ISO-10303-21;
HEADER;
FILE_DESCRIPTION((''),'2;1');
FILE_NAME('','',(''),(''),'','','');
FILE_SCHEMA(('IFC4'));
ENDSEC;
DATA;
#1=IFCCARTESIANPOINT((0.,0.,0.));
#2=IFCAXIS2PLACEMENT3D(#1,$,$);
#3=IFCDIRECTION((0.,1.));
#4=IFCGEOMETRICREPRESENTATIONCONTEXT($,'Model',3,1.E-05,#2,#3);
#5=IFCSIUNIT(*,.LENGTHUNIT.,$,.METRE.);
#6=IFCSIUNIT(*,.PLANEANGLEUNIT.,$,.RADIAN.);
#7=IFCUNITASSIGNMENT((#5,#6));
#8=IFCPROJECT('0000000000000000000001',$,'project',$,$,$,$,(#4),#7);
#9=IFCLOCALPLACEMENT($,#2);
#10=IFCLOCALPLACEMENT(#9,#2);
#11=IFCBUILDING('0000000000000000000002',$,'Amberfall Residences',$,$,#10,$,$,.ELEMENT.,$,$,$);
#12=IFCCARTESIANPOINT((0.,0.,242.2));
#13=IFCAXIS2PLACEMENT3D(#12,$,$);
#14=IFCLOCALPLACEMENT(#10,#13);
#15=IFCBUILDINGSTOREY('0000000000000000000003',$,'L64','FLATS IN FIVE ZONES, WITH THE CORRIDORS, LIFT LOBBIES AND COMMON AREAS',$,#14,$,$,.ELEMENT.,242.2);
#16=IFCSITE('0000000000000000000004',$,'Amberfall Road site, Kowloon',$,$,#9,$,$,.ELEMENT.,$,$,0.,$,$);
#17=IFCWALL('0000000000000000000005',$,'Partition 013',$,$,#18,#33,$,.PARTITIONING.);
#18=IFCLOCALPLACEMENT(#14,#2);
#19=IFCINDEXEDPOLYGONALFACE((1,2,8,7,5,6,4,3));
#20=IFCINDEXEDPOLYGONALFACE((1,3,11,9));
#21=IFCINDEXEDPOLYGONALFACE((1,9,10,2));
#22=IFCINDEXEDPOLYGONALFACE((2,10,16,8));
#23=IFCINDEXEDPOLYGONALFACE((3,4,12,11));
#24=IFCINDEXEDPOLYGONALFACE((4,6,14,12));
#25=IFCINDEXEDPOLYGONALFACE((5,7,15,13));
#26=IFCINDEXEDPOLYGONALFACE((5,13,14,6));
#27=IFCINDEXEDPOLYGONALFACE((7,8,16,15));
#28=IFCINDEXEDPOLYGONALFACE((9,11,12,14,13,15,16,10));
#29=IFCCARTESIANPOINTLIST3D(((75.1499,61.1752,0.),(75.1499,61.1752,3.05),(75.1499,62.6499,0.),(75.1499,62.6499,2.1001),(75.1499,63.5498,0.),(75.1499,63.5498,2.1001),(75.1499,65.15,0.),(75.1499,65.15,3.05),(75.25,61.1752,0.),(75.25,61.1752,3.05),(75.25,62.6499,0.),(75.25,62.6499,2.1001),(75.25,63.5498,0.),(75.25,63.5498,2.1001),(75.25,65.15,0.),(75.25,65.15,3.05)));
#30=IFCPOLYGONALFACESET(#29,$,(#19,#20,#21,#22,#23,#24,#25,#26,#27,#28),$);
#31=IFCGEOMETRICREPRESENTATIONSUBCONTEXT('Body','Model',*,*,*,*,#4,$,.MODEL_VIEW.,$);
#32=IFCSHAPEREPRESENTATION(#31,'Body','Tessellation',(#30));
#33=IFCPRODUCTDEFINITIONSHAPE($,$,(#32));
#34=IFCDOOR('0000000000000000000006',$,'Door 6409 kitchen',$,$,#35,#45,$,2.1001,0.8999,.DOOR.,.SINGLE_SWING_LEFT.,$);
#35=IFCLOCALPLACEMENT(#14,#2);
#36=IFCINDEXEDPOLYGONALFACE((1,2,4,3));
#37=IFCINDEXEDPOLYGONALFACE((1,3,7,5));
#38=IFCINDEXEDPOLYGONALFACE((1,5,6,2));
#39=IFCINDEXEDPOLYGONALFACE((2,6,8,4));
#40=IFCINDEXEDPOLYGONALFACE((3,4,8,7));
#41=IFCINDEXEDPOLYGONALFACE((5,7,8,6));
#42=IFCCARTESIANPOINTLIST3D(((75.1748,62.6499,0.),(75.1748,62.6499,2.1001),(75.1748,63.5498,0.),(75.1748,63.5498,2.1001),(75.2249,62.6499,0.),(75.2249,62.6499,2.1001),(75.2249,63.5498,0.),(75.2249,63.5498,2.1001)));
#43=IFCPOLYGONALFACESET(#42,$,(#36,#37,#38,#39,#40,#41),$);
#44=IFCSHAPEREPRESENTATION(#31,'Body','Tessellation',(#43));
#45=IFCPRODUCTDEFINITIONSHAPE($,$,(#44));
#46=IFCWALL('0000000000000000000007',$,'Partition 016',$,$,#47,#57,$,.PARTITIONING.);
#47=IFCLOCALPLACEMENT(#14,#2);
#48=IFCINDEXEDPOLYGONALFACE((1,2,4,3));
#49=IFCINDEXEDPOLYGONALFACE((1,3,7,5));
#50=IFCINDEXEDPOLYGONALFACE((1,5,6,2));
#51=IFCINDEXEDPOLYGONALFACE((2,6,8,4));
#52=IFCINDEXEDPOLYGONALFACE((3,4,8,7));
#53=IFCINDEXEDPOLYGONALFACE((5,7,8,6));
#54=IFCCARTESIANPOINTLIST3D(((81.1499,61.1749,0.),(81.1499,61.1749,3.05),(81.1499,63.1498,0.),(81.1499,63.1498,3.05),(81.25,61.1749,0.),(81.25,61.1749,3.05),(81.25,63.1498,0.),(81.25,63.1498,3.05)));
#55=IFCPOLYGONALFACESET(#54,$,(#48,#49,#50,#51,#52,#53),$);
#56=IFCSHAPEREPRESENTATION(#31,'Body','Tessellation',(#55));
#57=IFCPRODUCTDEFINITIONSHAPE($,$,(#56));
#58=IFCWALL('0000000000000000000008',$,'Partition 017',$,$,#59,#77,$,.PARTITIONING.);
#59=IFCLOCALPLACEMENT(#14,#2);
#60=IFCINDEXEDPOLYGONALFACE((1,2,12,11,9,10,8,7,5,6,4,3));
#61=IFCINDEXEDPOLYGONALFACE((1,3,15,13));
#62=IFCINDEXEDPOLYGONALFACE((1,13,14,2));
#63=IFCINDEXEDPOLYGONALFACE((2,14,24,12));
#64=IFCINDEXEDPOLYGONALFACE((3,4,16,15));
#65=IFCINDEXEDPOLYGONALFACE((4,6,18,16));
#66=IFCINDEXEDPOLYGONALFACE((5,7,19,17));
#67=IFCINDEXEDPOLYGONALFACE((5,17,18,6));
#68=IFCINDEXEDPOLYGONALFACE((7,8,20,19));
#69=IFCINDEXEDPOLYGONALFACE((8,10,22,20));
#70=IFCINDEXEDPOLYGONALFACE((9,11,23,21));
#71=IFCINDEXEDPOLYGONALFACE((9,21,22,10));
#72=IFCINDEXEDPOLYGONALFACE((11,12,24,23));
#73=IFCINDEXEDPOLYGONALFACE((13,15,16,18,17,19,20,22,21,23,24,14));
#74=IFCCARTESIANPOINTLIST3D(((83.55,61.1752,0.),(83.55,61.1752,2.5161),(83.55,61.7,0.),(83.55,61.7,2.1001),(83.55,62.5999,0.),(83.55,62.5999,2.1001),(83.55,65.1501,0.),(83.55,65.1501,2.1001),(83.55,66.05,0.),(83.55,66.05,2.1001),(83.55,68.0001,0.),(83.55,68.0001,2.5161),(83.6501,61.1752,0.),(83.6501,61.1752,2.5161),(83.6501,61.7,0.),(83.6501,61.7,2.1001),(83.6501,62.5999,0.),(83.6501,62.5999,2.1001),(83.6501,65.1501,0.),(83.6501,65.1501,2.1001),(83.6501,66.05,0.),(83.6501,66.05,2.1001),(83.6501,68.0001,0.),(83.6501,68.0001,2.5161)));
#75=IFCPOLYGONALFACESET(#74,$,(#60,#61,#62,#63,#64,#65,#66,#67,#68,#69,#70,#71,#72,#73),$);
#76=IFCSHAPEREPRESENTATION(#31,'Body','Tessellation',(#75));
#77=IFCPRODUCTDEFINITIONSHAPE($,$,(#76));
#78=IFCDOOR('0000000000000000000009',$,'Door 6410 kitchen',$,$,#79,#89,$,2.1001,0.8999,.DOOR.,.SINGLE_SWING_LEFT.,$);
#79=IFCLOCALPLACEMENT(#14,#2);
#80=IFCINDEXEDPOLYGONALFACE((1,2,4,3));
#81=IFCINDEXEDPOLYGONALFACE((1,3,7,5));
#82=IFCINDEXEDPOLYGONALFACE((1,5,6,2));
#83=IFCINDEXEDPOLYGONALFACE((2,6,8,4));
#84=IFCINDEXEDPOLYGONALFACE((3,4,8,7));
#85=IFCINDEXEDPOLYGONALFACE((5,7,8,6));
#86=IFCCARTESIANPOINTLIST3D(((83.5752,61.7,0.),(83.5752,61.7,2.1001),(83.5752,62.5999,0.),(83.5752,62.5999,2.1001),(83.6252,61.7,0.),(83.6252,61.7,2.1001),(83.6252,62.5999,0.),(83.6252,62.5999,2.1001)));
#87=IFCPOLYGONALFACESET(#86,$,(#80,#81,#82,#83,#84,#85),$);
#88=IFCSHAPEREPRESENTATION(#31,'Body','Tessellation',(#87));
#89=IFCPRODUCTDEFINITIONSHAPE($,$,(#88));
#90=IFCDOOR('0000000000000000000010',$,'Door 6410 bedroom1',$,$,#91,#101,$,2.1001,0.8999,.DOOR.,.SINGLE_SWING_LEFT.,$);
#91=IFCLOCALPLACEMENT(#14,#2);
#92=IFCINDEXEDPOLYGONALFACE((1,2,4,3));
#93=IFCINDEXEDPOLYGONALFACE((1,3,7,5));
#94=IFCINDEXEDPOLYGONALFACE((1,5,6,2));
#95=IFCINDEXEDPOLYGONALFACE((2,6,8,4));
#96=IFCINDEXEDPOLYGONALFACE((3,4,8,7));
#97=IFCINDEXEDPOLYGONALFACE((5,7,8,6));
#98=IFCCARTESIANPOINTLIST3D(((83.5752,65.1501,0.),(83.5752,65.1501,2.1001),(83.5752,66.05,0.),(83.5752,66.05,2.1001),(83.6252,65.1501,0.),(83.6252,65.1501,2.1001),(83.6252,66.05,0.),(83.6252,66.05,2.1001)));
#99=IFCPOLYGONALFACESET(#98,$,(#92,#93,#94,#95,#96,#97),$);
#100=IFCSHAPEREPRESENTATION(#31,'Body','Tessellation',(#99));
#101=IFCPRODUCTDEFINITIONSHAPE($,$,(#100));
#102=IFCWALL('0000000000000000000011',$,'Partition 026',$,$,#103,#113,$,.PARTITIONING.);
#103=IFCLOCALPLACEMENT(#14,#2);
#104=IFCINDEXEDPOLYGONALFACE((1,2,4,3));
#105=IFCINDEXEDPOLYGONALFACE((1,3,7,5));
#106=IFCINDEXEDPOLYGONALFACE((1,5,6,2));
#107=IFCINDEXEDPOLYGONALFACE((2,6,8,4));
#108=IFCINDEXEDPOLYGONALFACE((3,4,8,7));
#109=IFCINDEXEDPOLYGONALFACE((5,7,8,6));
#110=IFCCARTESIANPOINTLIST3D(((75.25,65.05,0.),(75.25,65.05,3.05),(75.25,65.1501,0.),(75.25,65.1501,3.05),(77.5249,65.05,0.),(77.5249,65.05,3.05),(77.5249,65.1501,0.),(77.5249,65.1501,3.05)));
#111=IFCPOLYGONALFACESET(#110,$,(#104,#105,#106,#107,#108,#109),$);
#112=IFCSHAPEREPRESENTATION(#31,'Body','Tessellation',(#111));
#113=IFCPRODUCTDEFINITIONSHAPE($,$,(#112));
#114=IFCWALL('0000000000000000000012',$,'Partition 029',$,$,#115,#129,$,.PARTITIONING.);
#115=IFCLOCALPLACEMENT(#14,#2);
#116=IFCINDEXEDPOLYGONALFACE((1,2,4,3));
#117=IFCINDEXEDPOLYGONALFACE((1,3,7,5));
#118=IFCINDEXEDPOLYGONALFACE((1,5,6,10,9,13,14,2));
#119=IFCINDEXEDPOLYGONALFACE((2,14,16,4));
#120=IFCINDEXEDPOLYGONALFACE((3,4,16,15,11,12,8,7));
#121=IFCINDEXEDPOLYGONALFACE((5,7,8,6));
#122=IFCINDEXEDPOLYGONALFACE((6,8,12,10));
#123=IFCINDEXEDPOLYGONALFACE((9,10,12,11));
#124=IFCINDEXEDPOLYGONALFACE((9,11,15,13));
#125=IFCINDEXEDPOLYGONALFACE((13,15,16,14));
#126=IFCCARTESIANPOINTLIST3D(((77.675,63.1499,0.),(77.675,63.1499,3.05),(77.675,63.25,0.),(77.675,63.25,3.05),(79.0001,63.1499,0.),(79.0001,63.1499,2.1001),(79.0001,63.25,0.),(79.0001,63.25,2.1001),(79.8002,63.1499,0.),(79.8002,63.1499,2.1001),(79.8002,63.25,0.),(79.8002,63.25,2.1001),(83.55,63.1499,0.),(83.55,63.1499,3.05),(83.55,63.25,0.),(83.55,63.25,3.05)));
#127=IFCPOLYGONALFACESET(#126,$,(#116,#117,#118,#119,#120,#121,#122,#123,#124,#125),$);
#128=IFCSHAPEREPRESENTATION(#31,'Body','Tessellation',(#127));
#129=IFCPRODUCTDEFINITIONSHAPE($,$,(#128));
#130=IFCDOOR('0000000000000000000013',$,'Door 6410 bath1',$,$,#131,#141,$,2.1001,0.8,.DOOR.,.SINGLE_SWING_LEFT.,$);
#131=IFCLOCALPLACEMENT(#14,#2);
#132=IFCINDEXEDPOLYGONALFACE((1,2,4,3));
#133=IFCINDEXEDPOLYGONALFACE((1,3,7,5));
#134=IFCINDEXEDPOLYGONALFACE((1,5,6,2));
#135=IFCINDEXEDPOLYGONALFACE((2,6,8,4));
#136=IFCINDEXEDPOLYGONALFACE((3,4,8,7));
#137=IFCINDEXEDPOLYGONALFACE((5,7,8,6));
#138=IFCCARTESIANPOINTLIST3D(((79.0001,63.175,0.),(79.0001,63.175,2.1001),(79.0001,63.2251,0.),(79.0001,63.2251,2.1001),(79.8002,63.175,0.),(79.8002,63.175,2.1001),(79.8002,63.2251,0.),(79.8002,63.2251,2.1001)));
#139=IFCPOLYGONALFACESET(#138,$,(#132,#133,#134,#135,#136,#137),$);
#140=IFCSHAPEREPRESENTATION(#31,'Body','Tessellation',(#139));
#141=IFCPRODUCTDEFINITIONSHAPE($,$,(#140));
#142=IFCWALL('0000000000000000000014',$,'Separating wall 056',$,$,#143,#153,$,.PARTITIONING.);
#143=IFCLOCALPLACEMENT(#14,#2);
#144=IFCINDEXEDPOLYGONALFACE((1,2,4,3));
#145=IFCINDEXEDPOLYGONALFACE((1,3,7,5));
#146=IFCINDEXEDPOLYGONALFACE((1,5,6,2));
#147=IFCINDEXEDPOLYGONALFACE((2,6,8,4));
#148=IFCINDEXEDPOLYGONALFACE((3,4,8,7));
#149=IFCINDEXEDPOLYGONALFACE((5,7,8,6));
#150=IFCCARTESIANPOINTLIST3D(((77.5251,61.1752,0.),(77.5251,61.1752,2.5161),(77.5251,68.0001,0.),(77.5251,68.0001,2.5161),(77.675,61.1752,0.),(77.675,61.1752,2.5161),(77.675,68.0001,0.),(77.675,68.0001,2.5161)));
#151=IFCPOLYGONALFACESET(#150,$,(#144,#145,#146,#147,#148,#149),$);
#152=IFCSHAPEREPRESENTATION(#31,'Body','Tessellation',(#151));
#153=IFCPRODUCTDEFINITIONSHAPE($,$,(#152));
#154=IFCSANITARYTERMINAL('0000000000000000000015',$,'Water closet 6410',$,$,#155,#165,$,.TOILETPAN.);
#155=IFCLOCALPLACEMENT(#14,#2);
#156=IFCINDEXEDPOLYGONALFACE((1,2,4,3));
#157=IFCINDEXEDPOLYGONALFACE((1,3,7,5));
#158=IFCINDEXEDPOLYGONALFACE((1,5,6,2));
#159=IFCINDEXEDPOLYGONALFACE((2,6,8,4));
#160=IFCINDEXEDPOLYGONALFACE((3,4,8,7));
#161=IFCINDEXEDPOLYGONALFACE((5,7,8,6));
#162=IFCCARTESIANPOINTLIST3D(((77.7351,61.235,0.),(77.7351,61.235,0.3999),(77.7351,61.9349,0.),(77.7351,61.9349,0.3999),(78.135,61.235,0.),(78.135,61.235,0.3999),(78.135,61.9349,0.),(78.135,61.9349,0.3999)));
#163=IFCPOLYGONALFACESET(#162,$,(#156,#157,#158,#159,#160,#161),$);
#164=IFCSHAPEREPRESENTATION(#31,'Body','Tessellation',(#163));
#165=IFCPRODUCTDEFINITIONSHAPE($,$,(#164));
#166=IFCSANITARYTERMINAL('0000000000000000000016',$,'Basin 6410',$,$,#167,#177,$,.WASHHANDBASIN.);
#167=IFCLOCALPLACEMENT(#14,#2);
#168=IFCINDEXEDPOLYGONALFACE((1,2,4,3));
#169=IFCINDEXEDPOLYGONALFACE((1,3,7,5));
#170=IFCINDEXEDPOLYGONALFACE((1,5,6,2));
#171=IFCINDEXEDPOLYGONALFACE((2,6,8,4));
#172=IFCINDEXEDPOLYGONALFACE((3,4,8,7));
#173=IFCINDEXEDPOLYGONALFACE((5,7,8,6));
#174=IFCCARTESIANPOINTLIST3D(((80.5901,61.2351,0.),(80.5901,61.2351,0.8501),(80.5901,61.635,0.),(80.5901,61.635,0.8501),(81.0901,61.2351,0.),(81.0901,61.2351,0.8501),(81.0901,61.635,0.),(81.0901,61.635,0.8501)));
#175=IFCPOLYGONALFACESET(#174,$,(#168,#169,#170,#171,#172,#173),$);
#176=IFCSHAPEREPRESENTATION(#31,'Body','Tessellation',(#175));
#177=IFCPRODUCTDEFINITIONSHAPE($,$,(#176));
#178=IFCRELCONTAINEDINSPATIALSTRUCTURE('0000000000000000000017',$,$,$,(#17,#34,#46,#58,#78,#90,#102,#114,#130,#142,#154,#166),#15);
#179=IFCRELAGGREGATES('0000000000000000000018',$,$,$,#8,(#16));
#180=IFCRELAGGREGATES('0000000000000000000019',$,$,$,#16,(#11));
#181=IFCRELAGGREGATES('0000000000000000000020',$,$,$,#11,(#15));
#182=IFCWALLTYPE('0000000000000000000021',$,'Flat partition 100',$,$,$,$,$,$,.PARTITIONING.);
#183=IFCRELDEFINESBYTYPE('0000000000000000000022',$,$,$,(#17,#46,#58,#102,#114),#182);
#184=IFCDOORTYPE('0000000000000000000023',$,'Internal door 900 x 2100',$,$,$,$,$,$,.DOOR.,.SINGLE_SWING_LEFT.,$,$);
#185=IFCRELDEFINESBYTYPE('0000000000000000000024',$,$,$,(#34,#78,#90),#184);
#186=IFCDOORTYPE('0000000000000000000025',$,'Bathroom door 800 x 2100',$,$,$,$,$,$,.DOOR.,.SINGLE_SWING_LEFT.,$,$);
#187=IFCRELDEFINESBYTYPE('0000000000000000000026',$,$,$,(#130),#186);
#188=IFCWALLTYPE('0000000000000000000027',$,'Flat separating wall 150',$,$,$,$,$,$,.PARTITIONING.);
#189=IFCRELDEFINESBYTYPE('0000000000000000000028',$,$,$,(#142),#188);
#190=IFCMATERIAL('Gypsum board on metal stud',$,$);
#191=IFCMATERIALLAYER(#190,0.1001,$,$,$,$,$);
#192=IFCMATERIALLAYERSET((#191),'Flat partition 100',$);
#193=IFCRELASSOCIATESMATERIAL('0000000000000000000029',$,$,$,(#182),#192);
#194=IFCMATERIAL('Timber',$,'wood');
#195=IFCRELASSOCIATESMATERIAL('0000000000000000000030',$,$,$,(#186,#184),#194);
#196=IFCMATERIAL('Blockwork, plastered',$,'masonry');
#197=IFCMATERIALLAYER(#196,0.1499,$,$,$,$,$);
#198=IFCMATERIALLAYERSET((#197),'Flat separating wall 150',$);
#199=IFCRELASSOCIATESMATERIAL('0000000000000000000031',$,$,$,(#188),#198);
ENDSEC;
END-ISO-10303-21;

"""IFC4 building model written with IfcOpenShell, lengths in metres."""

from ifc_helpers import new_model, si_unit, direction, frame, frame_2d, origin, origin_2d, place, context, subcontext, project, spatial, rectangle, extrude, material, layer, layer_set, type_object, element, fill, save


model = new_model("IFC4")

# Units and contexts
model_context = context("Model", 3, precision=1e-05, world=origin(), true_north=direction((0.0, 1.0)))
body_context = subcontext(model_context, "Body", "Model", "MODEL_VIEW")
ifc_project = project(units=[si_unit("LENGTHUNIT", "METRE"), si_unit("PLANEANGLEUNIT", "RADIAN")], contexts=[model_context])

# Site, building, storey
site_placement = place(None, origin())
site = spatial("IfcSite", under=ifc_project, at=site_placement, Name="Amberfall Road site, Kowloon", CompositionType="ELEMENT", RefElevation=0.0)
building_placement = place(site_placement, origin())
building = spatial("IfcBuilding", under=site, at=building_placement, Name="Amberfall Residences", CompositionType="ELEMENT")
storey_placement = place(building_placement, frame((0.0, 0.0, 242.2)))
storey = spatial("IfcBuildingStorey", under=building, at=storey_placement, Name="L64", Description="FLATS IN FIVE ZONES, WITH THE CORRIDORS, LIFT LOBBIES AND COMMON AREAS", CompositionType="ELEMENT", Elevation=242.2)

# Shared definitions
ifc_material_1 = material(Name="Gypsum board on metal stud")
ifc_layer_1 = layer(ifc_material_1, 0.1001)
ifc_layer_set_1 = layer_set([ifc_layer_1], Name="Flat partition 100")
wall_type_1 = type_object("IfcWallType", Name="Flat partition 100", PredefinedType="PARTITIONING", material=ifc_layer_set_1)
ifc_material_2 = material(Name="Timber", Category="wood")
door_type_1 = type_object("IfcDoorType", Name="Bathroom door 800 x 2100", OperationType="SINGLE_SWING_LEFT", PredefinedType="DOOR", material=ifc_material_2)
door_type_2 = type_object("IfcDoorType", Name="Internal door 900 x 2100", OperationType="SINGLE_SWING_LEFT", PredefinedType="DOOR", material=ifc_material_2)

# Wall, opening, door
wall_1_placement = place(storey_placement, frame((75.2, 65.1499, 0.0), z_axis=(0.0, 0.0, 1.0), x_axis=(0.0, -1.0, 0.0)))
wall_1 = element("IfcWall", 1, at=wall_1_placement, inside=storey, type_object=wall_type_1, Name="Partition 013", PredefinedType="PARTITIONING", context=body_context, shape_type="SweptSolid", body=[
    extrude(rectangle(XDim=3.9749, YDim=0.1001, at=frame_2d((1.9873, 0.0))), origin(), (0.0, 0.0, 1.0), 3.05),
])
opening_1_placement = place(wall_1_placement, frame((1.6001, 0.0, 0.0)))
opening_1 = element("IfcOpeningElement", 2, at=opening_1_placement, cuts=wall_1, PredefinedType="OPENING", context=body_context, shape_type="SweptSolid", body=[
    extrude(rectangle(XDim=0.8999, YDim=2.1001, at=frame_2d((0.45, 1.05))), frame((0.0, 0.0601, 0.0), z_axis=(0.0, -1.0, 0.0), x_axis=(1.0, 0.0, 0.0)), (0.0, 0.0, 1.0), 0.1201),
])
door_1_placement = place(opening_1_placement, origin())
door_1 = element("IfcDoor", 3, at=door_1_placement, inside=storey, type_object=door_type_2, Name="Door 6409 kitchen", OperationType="SINGLE_SWING_LEFT", OverallHeight=2.1001, OverallWidth=0.8999, PredefinedType="DOOR", context=body_context, shape_type="SweptSolid", body=[
    extrude(rectangle(XDim=0.8999, YDim=2.1001, at=frame_2d((0.45, 1.05))), frame((0.0, 0.0249, 0.0), z_axis=(0.0, -1.0, 0.0), x_axis=(1.0, 0.0, 0.0)), (0.0, 0.0, 1.0), 0.05),
])
fill(opening_1, door_1)

# Wall
wall_2_placement = place(storey_placement, frame((81.2, 61.175, 0.0), z_axis=(0.0, 0.0, 1.0), x_axis=(0.0, 1.0, 0.0)))
element("IfcWall", 4, at=wall_2_placement, inside=storey, type_object=wall_type_1, Name="Partition 016", PredefinedType="PARTITIONING", context=body_context, shape_type="SweptSolid", body=[
    extrude(rectangle(XDim=1.9749, YDim=0.1001, at=frame_2d((0.9873, 0.0))), origin(), (0.0, 0.0, 1.0), 3.05),
])

# Wall, openings, doors
wall_3_placement = place(storey_placement, frame((83.6001, 61.175, 0.0), z_axis=(0.0, 0.0, 1.0), x_axis=(0.0, 1.0, 0.0)))
wall_3 = element("IfcWall", 5, at=wall_3_placement, inside=storey, type_object=wall_type_1, Name="Partition 017", PredefinedType="PARTITIONING", context=body_context, shape_type="SweptSolid", body=[
    extrude(rectangle(XDim=6.825, YDim=0.1001, at=frame_2d((3.4126, 0.0))), origin(), (0.0, 0.0, 1.0), 2.5161),
])
opening_2_placement = place(wall_3_placement, frame((0.5249, 0.0, 0.0)))
opening_2 = element("IfcOpeningElement", 6, at=opening_2_placement, cuts=wall_3, PredefinedType="OPENING", context=body_context, shape_type="SweptSolid", body=[
    extrude(rectangle(XDim=0.8999, YDim=2.1001, at=frame_2d((0.45, 1.05))), frame((0.0, 0.0601, 0.0), z_axis=(0.0, -1.0, 0.0), x_axis=(1.0, 0.0, 0.0)), (0.0, 0.0, 1.0), 0.1201),
])
opening_3_placement = place(wall_3_placement, frame((3.9751, 0.0, 0.0)))
opening_3 = element("IfcOpeningElement", 7, at=opening_3_placement, cuts=wall_3, PredefinedType="OPENING", context=body_context, shape_type="SweptSolid", body=[
    extrude(rectangle(XDim=0.8999, YDim=2.1001, at=frame_2d((0.45, 1.05))), frame((0.0, 0.0601, 0.0), z_axis=(0.0, -1.0, 0.0), x_axis=(1.0, 0.0, 0.0)), (0.0, 0.0, 1.0), 0.1201),
])
door_2_placement = place(opening_2_placement, origin())
door_2 = element("IfcDoor", 8, at=door_2_placement, inside=storey, type_object=door_type_2, Name="Door 6410 kitchen", OperationType="SINGLE_SWING_LEFT", OverallHeight=2.1001, OverallWidth=0.8999, PredefinedType="DOOR", context=body_context, shape_type="SweptSolid", body=[
    extrude(rectangle(XDim=0.8999, YDim=2.1001, at=frame_2d((0.45, 1.05))), frame((0.0, 0.0249, 0.0), z_axis=(0.0, -1.0, 0.0), x_axis=(1.0, 0.0, 0.0)), (0.0, 0.0, 1.0), 0.05),
])
fill(opening_2, door_2)
door_3_placement = place(opening_3_placement, origin())
door_3 = element("IfcDoor", 9, at=door_3_placement, inside=storey, type_object=door_type_2, Name="Door 6410 bedroom1", OperationType="SINGLE_SWING_LEFT", OverallHeight=2.1001, OverallWidth=0.8999, PredefinedType="DOOR", context=body_context, shape_type="SweptSolid", body=[
    extrude(rectangle(XDim=0.8999, YDim=2.1001, at=frame_2d((0.45, 1.05))), frame((0.0, 0.0249, 0.0), z_axis=(0.0, -1.0, 0.0), x_axis=(1.0, 0.0, 0.0)), (0.0, 0.0, 1.0), 0.05),
])
fill(opening_3, door_3)

# Wall
wall_4_placement = place(storey_placement, frame((75.25, 65.1001, 0.0), z_axis=(0.0, 0.0, 1.0), x_axis=(1.0, 0.0, 0.0)))
element("IfcWall", 10, at=wall_4_placement, inside=storey, type_object=wall_type_1, Name="Partition 026", PredefinedType="PARTITIONING", context=body_context, shape_type="SweptSolid", body=[
    extrude(rectangle(XDim=2.2749, YDim=0.1001, at=frame_2d((1.1375, 0.0))), origin(), (0.0, 0.0, 1.0), 3.05),
])

# Wall, opening, door
wall_5_placement = place(storey_placement, frame((83.55, 63.2, 0.0), z_axis=(0.0, 0.0, 1.0), x_axis=(-1.0, 0.0, 0.0)))
wall_5 = element("IfcWall", 11, at=wall_5_placement, inside=storey, type_object=wall_type_1, Name="Partition 029", PredefinedType="PARTITIONING", context=body_context, shape_type="SweptSolid", body=[
    extrude(rectangle(XDim=5.875, YDim=0.1001, at=frame_2d((2.9375, 0.0))), origin(), (0.0, 0.0, 1.0), 3.05),
])
opening_4_placement = place(wall_5_placement, frame((3.75, 0.0, 0.0)))
opening_4 = element("IfcOpeningElement", 12, at=opening_4_placement, cuts=wall_5, PredefinedType="OPENING", context=body_context, shape_type="SweptSolid", body=[
    extrude(rectangle(XDim=0.8, YDim=2.1001, at=frame_2d((0.3999, 1.05))), frame((0.0, 0.0601, 0.0), z_axis=(0.0, -1.0, 0.0), x_axis=(1.0, 0.0, 0.0)), (0.0, 0.0, 1.0), 0.1201),
])
door_4_placement = place(opening_4_placement, origin())
door_4 = element("IfcDoor", 13, at=door_4_placement, inside=storey, type_object=door_type_1, Name="Door 6410 bath1", OperationType="SINGLE_SWING_LEFT", OverallHeight=2.1001, OverallWidth=0.8, PredefinedType="DOOR", context=body_context, shape_type="SweptSolid", body=[
    extrude(rectangle(XDim=0.8, YDim=2.1001, at=frame_2d((0.3999, 1.05))), frame((0.0, 0.0249, 0.0), z_axis=(0.0, -1.0, 0.0), x_axis=(1.0, 0.0, 0.0)), (0.0, 0.0, 1.0), 0.05),
])
fill(opening_4, door_4)

# Wall
ifc_material_3 = material(Name="Blockwork, plastered", Category="masonry")
ifc_layer_2 = layer(ifc_material_3, 0.1499)
ifc_layer_set_2 = layer_set([ifc_layer_2], Name="Flat separating wall 150")
wall_type_2 = type_object("IfcWallType", Name="Flat separating wall 150", PredefinedType="PARTITIONING", material=ifc_layer_set_2)
wall_6_placement = place(storey_placement, frame((77.6001, 61.175, 0.0), z_axis=(0.0, 0.0, 1.0), x_axis=(0.0, 1.0, 0.0)))
element("IfcWall", 14, at=wall_6_placement, inside=storey, type_object=wall_type_2, Name="Separating wall 056", PredefinedType="PARTITIONING", context=body_context, shape_type="SweptSolid", body=[
    extrude(rectangle(XDim=6.825, YDim=0.1499, at=frame_2d((3.4126, 0.0))), origin(), (0.0, 0.0, 1.0), 2.5161),
])

# Sanitary terminals
sanitary_terminal_1_placement = place(storey_placement, frame((77.9351, 61.585, 0.0), z_axis=(0.0, 0.0, 1.0), x_axis=(1.0, 0.0, 0.0)))
element("IfcSanitaryTerminal", 15, at=sanitary_terminal_1_placement, inside=storey, Name="Water closet 6410", PredefinedType="TOILETPAN", context=body_context, shape_type="SweptSolid", body=[
    extrude(rectangle(XDim=0.3999, YDim=0.7, at=origin_2d()), origin(), (0.0, 0.0, 1.0), 0.3999),
])
sanitary_terminal_2_placement = place(storey_placement, frame((80.8401, 61.4351, 0.0), z_axis=(0.0, 0.0, 1.0), x_axis=(1.0, 0.0, 0.0)))
element("IfcSanitaryTerminal", 16, at=sanitary_terminal_2_placement, inside=storey, Name="Basin 6410", PredefinedType="WASHHANDBASIN", context=body_context, shape_type="SweptSolid", body=[
    extrude(rectangle(XDim=0.5, YDim=0.3999, at=origin_2d()), origin(), (0.0, 0.0, 1.0), 0.8501),
])

save(model, "model.ifc")
